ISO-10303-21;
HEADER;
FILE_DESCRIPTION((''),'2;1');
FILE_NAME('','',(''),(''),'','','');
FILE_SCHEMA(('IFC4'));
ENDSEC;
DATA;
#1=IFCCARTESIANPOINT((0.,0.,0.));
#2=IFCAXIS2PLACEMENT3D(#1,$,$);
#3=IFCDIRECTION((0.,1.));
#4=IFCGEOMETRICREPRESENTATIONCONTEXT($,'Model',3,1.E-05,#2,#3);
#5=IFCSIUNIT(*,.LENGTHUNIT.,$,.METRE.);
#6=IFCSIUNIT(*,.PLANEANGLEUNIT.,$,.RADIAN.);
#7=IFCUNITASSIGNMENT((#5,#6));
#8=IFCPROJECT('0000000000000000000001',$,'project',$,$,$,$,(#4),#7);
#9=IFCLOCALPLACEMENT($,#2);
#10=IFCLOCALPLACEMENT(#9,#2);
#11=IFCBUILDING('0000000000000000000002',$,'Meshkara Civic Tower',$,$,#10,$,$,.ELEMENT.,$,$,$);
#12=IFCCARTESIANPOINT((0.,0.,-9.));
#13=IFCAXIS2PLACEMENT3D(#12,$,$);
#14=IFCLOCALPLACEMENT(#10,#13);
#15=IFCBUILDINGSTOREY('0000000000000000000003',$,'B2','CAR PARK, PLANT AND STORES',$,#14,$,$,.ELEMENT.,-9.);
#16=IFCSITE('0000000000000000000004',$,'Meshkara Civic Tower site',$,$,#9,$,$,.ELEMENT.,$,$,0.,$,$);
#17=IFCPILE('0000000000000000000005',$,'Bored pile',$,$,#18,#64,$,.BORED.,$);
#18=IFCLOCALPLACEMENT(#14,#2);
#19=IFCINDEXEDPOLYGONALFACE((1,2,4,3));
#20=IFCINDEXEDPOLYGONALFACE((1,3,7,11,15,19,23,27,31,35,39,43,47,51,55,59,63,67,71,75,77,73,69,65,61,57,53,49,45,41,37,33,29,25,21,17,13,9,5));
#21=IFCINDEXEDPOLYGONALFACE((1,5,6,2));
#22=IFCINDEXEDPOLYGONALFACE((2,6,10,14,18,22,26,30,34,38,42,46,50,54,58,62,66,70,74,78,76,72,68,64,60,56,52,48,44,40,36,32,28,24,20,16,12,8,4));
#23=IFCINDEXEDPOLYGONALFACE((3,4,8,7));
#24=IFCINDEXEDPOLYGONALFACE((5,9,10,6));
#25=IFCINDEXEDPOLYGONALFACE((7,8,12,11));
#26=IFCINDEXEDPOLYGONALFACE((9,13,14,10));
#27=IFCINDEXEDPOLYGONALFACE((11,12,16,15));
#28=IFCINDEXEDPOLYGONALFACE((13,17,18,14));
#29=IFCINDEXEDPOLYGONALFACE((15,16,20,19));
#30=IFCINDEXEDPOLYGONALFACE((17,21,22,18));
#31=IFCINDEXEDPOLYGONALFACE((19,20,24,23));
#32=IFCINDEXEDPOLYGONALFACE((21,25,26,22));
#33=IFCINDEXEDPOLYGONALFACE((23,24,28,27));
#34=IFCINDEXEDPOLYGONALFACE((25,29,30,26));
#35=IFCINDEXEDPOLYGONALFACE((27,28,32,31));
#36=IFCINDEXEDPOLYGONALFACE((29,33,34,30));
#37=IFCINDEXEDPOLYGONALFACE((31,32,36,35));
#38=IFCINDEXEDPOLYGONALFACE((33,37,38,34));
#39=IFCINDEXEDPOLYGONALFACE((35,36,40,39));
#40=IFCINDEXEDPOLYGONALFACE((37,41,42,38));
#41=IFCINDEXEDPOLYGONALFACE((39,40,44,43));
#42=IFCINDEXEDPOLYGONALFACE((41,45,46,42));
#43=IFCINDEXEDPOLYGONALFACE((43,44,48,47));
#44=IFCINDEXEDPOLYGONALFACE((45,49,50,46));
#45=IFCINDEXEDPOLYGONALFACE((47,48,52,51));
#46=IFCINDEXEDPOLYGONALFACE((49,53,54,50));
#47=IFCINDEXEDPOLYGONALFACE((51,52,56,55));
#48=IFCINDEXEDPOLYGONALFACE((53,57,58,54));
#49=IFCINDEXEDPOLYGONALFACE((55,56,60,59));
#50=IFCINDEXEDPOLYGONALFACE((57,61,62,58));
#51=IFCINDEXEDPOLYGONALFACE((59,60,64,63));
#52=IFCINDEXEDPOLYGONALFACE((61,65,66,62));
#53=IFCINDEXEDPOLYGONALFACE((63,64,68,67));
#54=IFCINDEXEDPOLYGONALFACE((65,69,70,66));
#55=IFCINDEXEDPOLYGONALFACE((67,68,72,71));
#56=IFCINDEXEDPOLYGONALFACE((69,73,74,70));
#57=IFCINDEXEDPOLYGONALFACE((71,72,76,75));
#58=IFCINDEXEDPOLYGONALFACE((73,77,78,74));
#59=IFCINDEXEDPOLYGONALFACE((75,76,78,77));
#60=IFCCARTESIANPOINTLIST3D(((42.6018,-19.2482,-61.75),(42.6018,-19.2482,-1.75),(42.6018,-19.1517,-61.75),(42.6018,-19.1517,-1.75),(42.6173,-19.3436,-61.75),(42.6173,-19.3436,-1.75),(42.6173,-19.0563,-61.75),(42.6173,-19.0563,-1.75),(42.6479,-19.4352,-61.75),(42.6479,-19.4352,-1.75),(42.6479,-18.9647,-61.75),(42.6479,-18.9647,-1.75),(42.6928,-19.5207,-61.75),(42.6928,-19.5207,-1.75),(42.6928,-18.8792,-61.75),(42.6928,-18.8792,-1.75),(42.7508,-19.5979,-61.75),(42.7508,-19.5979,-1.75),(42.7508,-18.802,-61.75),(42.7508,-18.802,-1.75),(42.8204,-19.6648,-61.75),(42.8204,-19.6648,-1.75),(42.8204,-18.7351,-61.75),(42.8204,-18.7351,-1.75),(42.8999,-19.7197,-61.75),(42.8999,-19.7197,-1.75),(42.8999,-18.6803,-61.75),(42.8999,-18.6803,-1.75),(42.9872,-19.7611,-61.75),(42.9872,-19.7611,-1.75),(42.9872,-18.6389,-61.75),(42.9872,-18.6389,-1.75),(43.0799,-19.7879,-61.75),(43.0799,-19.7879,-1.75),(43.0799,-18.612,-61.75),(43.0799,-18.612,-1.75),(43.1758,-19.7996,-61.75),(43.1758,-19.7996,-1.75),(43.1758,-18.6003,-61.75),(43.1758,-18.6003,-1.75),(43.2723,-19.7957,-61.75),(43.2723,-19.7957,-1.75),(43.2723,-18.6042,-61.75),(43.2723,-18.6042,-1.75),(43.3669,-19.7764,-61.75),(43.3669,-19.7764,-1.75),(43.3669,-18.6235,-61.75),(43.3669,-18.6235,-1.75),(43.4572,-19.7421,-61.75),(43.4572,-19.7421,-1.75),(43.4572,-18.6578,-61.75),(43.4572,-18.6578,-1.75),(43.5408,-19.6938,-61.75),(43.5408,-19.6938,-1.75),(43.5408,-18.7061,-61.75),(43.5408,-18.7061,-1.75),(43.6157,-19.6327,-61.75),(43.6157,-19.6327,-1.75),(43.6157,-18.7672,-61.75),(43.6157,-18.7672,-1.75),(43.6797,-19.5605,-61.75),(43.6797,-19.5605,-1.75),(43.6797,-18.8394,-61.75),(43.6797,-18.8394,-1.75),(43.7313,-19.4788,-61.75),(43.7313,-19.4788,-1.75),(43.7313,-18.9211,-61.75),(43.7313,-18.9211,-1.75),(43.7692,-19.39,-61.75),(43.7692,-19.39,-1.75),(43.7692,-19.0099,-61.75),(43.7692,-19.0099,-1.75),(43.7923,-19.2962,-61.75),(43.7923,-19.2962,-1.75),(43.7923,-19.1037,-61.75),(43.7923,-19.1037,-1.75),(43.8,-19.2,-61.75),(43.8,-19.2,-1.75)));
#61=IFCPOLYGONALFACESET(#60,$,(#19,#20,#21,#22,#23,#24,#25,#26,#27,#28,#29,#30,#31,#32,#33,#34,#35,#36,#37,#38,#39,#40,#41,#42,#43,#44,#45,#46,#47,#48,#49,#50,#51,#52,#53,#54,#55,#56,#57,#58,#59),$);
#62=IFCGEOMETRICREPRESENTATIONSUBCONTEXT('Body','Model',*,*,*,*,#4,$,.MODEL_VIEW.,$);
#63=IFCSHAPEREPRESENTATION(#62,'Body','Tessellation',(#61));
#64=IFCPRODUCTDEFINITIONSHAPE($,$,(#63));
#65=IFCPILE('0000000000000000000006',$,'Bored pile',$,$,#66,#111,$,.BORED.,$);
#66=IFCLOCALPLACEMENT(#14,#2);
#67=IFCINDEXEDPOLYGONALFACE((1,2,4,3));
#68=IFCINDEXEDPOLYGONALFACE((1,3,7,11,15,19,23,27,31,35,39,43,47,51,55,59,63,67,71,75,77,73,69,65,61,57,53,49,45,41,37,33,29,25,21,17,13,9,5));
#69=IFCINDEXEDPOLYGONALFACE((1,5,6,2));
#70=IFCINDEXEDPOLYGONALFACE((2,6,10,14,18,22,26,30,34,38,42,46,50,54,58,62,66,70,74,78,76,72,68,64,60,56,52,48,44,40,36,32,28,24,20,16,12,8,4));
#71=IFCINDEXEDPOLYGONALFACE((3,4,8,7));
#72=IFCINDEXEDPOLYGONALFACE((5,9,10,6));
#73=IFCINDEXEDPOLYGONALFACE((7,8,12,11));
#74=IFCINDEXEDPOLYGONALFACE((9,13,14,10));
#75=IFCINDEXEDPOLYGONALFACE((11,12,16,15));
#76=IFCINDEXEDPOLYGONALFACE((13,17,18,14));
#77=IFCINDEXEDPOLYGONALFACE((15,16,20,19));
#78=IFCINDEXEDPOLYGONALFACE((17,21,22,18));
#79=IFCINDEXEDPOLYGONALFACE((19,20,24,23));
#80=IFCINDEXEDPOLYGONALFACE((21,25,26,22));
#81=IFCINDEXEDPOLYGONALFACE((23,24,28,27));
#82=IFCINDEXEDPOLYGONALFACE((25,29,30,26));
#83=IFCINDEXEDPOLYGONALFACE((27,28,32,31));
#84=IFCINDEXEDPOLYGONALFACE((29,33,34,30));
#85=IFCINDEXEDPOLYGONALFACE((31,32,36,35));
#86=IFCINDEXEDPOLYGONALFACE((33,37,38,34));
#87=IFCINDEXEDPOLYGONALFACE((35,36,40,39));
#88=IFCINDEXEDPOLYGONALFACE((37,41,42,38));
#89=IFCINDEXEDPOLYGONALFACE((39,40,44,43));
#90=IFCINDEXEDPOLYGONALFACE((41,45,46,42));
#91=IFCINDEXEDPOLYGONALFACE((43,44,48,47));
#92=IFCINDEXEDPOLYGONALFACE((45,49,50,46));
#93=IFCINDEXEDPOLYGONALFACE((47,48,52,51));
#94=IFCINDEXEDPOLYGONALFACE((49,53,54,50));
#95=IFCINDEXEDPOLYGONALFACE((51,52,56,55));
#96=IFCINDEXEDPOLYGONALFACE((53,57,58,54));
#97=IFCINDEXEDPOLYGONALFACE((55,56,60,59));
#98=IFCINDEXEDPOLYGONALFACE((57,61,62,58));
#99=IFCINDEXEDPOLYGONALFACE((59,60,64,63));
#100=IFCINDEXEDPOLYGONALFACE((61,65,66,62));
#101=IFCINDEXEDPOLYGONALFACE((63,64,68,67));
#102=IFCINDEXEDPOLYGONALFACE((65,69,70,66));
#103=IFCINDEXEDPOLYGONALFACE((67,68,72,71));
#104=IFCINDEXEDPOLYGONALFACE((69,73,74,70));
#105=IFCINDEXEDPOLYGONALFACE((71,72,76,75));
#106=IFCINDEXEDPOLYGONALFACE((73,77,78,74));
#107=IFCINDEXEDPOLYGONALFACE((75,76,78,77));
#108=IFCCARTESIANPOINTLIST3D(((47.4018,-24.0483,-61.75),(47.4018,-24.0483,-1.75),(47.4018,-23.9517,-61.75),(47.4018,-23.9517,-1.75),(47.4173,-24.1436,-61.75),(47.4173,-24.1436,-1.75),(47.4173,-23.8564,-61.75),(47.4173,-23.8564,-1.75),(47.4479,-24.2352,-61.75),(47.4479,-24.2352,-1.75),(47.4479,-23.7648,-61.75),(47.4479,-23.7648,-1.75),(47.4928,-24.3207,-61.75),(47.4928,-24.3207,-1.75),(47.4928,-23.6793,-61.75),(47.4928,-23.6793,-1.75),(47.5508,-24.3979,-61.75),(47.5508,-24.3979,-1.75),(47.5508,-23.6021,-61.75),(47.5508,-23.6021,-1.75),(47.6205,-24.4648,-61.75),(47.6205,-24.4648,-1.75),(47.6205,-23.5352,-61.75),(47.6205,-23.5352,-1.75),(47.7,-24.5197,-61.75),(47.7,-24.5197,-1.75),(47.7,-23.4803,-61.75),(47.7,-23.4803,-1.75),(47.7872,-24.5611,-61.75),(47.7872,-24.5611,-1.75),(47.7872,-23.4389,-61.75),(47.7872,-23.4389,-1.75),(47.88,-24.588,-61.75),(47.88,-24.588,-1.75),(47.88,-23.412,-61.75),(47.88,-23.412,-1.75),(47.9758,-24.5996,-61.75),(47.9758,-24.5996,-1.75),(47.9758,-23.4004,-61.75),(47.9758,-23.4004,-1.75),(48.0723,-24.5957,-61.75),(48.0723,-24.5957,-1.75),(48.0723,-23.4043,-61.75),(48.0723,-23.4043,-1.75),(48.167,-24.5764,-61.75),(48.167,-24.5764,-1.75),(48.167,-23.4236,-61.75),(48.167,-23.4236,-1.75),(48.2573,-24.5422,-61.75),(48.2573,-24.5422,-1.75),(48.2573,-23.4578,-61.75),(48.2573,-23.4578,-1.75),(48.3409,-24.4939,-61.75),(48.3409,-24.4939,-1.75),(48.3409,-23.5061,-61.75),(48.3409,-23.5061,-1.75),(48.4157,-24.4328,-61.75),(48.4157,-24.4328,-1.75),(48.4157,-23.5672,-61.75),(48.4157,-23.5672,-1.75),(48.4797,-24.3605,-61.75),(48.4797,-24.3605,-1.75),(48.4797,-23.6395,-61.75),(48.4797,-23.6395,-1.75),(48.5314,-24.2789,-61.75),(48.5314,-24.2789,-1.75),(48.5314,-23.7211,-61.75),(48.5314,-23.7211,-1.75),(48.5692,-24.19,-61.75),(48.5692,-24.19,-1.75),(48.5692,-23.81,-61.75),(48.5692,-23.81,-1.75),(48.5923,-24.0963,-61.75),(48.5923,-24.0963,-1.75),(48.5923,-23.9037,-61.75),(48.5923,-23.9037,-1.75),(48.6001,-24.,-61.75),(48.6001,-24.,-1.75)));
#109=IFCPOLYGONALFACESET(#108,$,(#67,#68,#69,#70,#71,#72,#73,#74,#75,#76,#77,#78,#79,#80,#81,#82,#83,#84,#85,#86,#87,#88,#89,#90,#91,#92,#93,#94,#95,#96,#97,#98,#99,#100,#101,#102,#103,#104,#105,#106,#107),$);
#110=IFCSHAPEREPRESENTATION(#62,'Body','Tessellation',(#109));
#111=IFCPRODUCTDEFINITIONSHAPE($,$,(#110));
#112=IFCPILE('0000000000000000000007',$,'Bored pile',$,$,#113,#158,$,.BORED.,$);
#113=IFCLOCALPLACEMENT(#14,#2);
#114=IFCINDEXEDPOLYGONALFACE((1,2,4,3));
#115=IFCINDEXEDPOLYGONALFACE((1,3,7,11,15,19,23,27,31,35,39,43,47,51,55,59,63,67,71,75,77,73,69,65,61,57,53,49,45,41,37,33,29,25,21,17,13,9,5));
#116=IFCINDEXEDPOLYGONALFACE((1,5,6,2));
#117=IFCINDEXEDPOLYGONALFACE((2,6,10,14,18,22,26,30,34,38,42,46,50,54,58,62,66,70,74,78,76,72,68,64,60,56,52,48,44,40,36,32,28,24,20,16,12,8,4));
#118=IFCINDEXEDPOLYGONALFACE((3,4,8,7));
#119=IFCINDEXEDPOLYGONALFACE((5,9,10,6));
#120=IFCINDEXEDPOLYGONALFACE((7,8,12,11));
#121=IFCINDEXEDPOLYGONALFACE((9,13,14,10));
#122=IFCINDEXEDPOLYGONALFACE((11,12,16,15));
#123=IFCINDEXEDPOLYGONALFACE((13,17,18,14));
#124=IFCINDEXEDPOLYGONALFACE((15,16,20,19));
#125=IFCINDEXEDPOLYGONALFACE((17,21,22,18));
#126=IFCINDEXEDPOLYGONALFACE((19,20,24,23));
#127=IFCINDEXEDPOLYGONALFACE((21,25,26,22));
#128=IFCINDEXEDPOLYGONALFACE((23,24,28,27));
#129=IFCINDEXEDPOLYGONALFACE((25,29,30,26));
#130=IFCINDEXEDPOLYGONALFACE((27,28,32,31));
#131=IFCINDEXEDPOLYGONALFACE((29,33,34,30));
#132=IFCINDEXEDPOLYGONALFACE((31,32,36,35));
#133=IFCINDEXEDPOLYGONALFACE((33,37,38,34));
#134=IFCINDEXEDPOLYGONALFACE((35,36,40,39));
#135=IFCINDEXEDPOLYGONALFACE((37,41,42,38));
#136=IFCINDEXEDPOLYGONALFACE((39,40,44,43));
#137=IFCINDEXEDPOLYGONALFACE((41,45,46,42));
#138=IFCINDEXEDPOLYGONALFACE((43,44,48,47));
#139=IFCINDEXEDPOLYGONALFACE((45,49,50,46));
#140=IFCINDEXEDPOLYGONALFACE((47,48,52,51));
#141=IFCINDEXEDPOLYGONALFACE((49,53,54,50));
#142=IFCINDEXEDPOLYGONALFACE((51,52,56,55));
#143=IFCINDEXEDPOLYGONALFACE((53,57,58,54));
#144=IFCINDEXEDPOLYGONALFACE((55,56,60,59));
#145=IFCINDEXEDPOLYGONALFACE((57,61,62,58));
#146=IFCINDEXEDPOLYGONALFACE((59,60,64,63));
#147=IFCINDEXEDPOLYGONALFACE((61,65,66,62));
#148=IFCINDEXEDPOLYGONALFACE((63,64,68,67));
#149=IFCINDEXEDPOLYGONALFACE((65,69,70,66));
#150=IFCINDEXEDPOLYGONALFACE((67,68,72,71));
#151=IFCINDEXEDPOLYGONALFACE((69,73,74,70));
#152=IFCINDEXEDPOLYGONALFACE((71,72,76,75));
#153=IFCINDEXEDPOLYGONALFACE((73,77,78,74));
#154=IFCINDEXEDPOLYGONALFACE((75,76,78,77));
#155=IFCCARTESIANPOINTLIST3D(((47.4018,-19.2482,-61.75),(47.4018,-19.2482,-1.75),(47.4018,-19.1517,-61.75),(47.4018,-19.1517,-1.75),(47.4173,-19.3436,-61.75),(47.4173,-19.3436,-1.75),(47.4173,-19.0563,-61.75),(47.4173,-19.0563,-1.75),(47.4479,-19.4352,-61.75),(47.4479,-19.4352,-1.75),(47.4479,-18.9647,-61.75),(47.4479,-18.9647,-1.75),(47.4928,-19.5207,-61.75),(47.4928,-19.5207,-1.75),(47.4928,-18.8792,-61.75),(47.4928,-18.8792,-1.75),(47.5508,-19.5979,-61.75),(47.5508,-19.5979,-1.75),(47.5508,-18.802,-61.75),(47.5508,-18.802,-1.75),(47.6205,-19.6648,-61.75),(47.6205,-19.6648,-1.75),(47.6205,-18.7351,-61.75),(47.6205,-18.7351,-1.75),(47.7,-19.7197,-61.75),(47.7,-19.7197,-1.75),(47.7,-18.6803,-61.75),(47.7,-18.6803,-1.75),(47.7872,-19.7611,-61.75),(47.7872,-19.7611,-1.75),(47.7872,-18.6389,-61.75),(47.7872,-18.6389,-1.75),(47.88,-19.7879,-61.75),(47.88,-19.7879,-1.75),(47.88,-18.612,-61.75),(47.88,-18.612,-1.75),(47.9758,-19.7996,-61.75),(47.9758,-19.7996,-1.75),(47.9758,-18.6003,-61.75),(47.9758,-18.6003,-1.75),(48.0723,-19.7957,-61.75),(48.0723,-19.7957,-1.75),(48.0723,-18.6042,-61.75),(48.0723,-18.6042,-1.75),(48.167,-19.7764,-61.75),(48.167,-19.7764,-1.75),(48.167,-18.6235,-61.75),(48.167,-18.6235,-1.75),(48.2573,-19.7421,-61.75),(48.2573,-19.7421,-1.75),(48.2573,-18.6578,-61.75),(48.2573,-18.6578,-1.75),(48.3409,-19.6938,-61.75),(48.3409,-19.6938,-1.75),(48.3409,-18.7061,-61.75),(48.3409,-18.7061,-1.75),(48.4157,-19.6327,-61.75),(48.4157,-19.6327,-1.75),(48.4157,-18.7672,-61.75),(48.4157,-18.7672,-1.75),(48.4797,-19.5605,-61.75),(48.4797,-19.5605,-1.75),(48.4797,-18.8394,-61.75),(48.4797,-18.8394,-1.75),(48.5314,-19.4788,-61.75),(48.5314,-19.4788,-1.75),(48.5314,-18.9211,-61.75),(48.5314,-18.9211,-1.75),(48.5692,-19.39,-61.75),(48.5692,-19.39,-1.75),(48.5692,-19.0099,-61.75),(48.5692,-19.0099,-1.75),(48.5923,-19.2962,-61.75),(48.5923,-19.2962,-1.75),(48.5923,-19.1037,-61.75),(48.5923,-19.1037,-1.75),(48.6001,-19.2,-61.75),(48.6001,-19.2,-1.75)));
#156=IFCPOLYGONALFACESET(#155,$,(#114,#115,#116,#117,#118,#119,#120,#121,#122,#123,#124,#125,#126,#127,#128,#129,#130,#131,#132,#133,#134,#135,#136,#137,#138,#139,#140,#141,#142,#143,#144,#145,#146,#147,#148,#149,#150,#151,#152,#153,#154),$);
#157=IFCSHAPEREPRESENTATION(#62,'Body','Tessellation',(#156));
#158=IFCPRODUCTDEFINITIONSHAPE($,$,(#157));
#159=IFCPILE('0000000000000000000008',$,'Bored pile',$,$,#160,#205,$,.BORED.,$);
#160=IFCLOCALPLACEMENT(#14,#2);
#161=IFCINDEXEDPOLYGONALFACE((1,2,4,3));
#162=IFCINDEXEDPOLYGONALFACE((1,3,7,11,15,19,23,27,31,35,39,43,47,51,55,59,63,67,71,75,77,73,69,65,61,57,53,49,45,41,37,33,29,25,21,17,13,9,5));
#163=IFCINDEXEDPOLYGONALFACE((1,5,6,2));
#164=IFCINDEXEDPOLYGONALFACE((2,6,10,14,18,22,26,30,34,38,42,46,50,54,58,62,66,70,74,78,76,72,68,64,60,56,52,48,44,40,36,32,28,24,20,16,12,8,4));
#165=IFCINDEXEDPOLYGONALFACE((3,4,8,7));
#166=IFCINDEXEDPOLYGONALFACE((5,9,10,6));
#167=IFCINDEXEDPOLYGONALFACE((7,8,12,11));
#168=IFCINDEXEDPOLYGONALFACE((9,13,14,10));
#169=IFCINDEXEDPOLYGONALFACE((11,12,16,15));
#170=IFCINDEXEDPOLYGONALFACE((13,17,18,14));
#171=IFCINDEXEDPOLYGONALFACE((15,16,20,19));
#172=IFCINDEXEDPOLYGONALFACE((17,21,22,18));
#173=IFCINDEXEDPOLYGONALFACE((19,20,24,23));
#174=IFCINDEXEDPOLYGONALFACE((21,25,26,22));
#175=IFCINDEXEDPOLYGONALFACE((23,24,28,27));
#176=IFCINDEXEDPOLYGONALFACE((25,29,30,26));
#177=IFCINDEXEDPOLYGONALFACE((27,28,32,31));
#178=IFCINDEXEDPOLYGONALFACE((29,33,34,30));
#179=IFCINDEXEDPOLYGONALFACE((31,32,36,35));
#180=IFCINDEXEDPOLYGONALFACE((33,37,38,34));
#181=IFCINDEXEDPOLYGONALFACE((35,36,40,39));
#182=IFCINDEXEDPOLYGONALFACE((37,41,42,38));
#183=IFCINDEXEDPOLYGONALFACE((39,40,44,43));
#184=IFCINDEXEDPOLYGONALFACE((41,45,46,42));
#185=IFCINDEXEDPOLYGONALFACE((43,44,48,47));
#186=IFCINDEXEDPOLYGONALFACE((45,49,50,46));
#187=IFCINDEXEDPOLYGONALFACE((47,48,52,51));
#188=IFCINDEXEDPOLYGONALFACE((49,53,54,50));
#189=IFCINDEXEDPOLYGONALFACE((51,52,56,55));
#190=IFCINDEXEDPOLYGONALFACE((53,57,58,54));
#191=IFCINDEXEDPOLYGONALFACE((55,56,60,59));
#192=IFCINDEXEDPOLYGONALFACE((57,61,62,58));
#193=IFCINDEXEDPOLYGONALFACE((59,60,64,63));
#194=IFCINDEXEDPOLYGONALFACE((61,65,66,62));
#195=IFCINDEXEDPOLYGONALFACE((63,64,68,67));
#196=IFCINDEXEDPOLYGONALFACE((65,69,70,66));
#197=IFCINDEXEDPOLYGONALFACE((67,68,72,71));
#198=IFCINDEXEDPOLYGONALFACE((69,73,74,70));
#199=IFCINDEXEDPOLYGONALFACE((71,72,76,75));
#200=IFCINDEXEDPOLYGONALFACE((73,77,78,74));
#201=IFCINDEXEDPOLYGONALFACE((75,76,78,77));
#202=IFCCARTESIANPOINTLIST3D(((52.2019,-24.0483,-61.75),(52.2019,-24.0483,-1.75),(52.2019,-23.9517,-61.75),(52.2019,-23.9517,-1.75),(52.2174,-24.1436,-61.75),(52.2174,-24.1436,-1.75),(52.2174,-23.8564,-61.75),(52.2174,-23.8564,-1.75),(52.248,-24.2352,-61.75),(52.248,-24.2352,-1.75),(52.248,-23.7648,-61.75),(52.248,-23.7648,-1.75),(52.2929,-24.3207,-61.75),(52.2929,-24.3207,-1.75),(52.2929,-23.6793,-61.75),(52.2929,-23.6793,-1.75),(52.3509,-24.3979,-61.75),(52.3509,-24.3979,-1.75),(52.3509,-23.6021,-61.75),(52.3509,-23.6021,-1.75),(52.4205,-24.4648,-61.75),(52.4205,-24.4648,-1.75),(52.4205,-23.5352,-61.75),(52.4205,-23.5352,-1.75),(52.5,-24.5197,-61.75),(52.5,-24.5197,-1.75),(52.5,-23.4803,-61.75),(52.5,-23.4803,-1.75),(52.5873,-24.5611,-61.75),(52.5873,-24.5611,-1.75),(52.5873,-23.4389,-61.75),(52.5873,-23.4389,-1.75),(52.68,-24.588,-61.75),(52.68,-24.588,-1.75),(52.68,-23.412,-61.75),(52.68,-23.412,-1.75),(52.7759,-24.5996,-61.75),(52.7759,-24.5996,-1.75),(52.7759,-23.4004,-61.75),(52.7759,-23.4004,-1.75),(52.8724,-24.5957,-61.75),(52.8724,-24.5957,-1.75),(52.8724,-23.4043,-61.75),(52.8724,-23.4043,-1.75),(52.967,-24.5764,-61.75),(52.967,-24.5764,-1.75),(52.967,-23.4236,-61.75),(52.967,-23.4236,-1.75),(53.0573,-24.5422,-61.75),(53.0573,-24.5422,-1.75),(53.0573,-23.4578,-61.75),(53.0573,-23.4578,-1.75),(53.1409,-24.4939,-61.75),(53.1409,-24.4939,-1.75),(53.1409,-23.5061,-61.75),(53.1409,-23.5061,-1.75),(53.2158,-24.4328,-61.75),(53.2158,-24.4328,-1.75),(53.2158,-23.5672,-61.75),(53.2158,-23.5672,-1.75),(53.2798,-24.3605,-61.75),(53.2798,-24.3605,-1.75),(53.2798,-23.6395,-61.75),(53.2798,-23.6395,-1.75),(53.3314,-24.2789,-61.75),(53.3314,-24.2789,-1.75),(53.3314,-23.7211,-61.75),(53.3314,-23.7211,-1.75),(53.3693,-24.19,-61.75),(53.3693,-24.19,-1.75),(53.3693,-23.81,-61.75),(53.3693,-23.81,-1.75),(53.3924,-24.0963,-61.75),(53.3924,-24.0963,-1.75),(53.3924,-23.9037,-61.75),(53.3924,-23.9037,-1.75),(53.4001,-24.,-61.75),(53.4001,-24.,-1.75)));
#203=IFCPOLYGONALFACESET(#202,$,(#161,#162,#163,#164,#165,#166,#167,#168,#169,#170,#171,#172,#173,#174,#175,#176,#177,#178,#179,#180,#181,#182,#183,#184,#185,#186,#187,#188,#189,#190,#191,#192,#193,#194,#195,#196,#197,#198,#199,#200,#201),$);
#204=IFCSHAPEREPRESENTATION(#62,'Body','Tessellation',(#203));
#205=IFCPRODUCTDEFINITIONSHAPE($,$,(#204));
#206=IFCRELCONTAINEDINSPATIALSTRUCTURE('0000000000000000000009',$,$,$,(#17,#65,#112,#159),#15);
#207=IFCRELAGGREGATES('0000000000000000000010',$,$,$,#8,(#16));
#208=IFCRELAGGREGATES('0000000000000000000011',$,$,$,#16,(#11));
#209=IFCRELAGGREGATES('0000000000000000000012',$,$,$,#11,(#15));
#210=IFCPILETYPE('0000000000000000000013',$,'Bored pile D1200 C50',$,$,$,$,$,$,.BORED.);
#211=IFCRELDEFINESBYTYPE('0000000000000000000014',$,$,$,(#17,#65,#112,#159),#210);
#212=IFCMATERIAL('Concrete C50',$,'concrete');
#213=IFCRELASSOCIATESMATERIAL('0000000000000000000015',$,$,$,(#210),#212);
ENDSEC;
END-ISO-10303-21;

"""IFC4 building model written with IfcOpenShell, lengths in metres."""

from ifc_helpers import new_model, si_unit, direction, frame, origin, origin_2d, place, context, subcontext, project, spatial, circle, extrude, material, material_profile, profile_set, type_object, element, save


model = new_model("IFC4")

# Units and contexts
model_context = context("Model", 3, precision=1e-05, world=origin(), true_north=direction((0.0, 1.0)))
body_context = subcontext(model_context, "Body", "Model", "MODEL_VIEW")
ifc_project = project(units=[si_unit("LENGTHUNIT", "METRE"), si_unit("PLANEANGLEUNIT", "RADIAN")], contexts=[model_context])

# Site, building, storey
site_placement = place(None, origin())
site = spatial("IfcSite", under=ifc_project, at=site_placement, Name="Meshkara Civic Tower site", CompositionType="ELEMENT", RefElevation=0.0)
building_placement = place(site_placement, origin())
building = spatial("IfcBuilding", under=site, at=building_placement, Name="Meshkara Civic Tower", CompositionType="ELEMENT")
storey_placement = place(building_placement, frame((0.0, 0.0, -9.0)))
storey = spatial("IfcBuildingStorey", under=building, at=storey_placement, Name="B2", Description="CAR PARK, PLANT AND STORES", CompositionType="ELEMENT", Elevation=-9.0)

# Piles
ifc_material_1 = material(Name="Concrete C50", Category="concrete")
ifc_material_profile_1 = material_profile(ifc_material_1, circle(Radius=0.6001, at=origin_2d()))
ifc_profile_set_1 = profile_set([ifc_material_profile_1], Name="Concrete C50")
pile_type = type_object("IfcPileType", Name="Bored pile D1200 C50", PredefinedType="BORED", material=ifc_profile_set_1)
for number, where, z_axis, x_axis, name in (
    (1, (43.2, -19.2, -1.75), (0.0, 0.0, -1.0), (1.0, 0.0, 0.0), "Bored pile"),
    (2, (48.0, -24.0, -1.75), (0.0, 0.0, -1.0), (1.0, 0.0, 0.0), "Bored pile"),
    (3, (48.0, -19.2, -1.75), (0.0, 0.0, -1.0), (1.0, 0.0, 0.0), "Bored pile"),
    (4, (52.8, -24.0, -1.75), (0.0, 0.0, -1.0), (1.0, 0.0, 0.0), "Bored pile"),
):
    element("IfcPile", number, at=place(storey_placement, frame(where, z_axis=z_axis, x_axis=x_axis)), inside=storey, type_object=pile_type, Name=name, PredefinedType="BORED", context=body_context, shape_type="SweptSolid", body=[
        extrude(circle(Radius=0.6001, at=origin_2d()), origin(), (0.0, 0.0, 1.0), 60.0),
    ])

save(model, "model.ifc")
